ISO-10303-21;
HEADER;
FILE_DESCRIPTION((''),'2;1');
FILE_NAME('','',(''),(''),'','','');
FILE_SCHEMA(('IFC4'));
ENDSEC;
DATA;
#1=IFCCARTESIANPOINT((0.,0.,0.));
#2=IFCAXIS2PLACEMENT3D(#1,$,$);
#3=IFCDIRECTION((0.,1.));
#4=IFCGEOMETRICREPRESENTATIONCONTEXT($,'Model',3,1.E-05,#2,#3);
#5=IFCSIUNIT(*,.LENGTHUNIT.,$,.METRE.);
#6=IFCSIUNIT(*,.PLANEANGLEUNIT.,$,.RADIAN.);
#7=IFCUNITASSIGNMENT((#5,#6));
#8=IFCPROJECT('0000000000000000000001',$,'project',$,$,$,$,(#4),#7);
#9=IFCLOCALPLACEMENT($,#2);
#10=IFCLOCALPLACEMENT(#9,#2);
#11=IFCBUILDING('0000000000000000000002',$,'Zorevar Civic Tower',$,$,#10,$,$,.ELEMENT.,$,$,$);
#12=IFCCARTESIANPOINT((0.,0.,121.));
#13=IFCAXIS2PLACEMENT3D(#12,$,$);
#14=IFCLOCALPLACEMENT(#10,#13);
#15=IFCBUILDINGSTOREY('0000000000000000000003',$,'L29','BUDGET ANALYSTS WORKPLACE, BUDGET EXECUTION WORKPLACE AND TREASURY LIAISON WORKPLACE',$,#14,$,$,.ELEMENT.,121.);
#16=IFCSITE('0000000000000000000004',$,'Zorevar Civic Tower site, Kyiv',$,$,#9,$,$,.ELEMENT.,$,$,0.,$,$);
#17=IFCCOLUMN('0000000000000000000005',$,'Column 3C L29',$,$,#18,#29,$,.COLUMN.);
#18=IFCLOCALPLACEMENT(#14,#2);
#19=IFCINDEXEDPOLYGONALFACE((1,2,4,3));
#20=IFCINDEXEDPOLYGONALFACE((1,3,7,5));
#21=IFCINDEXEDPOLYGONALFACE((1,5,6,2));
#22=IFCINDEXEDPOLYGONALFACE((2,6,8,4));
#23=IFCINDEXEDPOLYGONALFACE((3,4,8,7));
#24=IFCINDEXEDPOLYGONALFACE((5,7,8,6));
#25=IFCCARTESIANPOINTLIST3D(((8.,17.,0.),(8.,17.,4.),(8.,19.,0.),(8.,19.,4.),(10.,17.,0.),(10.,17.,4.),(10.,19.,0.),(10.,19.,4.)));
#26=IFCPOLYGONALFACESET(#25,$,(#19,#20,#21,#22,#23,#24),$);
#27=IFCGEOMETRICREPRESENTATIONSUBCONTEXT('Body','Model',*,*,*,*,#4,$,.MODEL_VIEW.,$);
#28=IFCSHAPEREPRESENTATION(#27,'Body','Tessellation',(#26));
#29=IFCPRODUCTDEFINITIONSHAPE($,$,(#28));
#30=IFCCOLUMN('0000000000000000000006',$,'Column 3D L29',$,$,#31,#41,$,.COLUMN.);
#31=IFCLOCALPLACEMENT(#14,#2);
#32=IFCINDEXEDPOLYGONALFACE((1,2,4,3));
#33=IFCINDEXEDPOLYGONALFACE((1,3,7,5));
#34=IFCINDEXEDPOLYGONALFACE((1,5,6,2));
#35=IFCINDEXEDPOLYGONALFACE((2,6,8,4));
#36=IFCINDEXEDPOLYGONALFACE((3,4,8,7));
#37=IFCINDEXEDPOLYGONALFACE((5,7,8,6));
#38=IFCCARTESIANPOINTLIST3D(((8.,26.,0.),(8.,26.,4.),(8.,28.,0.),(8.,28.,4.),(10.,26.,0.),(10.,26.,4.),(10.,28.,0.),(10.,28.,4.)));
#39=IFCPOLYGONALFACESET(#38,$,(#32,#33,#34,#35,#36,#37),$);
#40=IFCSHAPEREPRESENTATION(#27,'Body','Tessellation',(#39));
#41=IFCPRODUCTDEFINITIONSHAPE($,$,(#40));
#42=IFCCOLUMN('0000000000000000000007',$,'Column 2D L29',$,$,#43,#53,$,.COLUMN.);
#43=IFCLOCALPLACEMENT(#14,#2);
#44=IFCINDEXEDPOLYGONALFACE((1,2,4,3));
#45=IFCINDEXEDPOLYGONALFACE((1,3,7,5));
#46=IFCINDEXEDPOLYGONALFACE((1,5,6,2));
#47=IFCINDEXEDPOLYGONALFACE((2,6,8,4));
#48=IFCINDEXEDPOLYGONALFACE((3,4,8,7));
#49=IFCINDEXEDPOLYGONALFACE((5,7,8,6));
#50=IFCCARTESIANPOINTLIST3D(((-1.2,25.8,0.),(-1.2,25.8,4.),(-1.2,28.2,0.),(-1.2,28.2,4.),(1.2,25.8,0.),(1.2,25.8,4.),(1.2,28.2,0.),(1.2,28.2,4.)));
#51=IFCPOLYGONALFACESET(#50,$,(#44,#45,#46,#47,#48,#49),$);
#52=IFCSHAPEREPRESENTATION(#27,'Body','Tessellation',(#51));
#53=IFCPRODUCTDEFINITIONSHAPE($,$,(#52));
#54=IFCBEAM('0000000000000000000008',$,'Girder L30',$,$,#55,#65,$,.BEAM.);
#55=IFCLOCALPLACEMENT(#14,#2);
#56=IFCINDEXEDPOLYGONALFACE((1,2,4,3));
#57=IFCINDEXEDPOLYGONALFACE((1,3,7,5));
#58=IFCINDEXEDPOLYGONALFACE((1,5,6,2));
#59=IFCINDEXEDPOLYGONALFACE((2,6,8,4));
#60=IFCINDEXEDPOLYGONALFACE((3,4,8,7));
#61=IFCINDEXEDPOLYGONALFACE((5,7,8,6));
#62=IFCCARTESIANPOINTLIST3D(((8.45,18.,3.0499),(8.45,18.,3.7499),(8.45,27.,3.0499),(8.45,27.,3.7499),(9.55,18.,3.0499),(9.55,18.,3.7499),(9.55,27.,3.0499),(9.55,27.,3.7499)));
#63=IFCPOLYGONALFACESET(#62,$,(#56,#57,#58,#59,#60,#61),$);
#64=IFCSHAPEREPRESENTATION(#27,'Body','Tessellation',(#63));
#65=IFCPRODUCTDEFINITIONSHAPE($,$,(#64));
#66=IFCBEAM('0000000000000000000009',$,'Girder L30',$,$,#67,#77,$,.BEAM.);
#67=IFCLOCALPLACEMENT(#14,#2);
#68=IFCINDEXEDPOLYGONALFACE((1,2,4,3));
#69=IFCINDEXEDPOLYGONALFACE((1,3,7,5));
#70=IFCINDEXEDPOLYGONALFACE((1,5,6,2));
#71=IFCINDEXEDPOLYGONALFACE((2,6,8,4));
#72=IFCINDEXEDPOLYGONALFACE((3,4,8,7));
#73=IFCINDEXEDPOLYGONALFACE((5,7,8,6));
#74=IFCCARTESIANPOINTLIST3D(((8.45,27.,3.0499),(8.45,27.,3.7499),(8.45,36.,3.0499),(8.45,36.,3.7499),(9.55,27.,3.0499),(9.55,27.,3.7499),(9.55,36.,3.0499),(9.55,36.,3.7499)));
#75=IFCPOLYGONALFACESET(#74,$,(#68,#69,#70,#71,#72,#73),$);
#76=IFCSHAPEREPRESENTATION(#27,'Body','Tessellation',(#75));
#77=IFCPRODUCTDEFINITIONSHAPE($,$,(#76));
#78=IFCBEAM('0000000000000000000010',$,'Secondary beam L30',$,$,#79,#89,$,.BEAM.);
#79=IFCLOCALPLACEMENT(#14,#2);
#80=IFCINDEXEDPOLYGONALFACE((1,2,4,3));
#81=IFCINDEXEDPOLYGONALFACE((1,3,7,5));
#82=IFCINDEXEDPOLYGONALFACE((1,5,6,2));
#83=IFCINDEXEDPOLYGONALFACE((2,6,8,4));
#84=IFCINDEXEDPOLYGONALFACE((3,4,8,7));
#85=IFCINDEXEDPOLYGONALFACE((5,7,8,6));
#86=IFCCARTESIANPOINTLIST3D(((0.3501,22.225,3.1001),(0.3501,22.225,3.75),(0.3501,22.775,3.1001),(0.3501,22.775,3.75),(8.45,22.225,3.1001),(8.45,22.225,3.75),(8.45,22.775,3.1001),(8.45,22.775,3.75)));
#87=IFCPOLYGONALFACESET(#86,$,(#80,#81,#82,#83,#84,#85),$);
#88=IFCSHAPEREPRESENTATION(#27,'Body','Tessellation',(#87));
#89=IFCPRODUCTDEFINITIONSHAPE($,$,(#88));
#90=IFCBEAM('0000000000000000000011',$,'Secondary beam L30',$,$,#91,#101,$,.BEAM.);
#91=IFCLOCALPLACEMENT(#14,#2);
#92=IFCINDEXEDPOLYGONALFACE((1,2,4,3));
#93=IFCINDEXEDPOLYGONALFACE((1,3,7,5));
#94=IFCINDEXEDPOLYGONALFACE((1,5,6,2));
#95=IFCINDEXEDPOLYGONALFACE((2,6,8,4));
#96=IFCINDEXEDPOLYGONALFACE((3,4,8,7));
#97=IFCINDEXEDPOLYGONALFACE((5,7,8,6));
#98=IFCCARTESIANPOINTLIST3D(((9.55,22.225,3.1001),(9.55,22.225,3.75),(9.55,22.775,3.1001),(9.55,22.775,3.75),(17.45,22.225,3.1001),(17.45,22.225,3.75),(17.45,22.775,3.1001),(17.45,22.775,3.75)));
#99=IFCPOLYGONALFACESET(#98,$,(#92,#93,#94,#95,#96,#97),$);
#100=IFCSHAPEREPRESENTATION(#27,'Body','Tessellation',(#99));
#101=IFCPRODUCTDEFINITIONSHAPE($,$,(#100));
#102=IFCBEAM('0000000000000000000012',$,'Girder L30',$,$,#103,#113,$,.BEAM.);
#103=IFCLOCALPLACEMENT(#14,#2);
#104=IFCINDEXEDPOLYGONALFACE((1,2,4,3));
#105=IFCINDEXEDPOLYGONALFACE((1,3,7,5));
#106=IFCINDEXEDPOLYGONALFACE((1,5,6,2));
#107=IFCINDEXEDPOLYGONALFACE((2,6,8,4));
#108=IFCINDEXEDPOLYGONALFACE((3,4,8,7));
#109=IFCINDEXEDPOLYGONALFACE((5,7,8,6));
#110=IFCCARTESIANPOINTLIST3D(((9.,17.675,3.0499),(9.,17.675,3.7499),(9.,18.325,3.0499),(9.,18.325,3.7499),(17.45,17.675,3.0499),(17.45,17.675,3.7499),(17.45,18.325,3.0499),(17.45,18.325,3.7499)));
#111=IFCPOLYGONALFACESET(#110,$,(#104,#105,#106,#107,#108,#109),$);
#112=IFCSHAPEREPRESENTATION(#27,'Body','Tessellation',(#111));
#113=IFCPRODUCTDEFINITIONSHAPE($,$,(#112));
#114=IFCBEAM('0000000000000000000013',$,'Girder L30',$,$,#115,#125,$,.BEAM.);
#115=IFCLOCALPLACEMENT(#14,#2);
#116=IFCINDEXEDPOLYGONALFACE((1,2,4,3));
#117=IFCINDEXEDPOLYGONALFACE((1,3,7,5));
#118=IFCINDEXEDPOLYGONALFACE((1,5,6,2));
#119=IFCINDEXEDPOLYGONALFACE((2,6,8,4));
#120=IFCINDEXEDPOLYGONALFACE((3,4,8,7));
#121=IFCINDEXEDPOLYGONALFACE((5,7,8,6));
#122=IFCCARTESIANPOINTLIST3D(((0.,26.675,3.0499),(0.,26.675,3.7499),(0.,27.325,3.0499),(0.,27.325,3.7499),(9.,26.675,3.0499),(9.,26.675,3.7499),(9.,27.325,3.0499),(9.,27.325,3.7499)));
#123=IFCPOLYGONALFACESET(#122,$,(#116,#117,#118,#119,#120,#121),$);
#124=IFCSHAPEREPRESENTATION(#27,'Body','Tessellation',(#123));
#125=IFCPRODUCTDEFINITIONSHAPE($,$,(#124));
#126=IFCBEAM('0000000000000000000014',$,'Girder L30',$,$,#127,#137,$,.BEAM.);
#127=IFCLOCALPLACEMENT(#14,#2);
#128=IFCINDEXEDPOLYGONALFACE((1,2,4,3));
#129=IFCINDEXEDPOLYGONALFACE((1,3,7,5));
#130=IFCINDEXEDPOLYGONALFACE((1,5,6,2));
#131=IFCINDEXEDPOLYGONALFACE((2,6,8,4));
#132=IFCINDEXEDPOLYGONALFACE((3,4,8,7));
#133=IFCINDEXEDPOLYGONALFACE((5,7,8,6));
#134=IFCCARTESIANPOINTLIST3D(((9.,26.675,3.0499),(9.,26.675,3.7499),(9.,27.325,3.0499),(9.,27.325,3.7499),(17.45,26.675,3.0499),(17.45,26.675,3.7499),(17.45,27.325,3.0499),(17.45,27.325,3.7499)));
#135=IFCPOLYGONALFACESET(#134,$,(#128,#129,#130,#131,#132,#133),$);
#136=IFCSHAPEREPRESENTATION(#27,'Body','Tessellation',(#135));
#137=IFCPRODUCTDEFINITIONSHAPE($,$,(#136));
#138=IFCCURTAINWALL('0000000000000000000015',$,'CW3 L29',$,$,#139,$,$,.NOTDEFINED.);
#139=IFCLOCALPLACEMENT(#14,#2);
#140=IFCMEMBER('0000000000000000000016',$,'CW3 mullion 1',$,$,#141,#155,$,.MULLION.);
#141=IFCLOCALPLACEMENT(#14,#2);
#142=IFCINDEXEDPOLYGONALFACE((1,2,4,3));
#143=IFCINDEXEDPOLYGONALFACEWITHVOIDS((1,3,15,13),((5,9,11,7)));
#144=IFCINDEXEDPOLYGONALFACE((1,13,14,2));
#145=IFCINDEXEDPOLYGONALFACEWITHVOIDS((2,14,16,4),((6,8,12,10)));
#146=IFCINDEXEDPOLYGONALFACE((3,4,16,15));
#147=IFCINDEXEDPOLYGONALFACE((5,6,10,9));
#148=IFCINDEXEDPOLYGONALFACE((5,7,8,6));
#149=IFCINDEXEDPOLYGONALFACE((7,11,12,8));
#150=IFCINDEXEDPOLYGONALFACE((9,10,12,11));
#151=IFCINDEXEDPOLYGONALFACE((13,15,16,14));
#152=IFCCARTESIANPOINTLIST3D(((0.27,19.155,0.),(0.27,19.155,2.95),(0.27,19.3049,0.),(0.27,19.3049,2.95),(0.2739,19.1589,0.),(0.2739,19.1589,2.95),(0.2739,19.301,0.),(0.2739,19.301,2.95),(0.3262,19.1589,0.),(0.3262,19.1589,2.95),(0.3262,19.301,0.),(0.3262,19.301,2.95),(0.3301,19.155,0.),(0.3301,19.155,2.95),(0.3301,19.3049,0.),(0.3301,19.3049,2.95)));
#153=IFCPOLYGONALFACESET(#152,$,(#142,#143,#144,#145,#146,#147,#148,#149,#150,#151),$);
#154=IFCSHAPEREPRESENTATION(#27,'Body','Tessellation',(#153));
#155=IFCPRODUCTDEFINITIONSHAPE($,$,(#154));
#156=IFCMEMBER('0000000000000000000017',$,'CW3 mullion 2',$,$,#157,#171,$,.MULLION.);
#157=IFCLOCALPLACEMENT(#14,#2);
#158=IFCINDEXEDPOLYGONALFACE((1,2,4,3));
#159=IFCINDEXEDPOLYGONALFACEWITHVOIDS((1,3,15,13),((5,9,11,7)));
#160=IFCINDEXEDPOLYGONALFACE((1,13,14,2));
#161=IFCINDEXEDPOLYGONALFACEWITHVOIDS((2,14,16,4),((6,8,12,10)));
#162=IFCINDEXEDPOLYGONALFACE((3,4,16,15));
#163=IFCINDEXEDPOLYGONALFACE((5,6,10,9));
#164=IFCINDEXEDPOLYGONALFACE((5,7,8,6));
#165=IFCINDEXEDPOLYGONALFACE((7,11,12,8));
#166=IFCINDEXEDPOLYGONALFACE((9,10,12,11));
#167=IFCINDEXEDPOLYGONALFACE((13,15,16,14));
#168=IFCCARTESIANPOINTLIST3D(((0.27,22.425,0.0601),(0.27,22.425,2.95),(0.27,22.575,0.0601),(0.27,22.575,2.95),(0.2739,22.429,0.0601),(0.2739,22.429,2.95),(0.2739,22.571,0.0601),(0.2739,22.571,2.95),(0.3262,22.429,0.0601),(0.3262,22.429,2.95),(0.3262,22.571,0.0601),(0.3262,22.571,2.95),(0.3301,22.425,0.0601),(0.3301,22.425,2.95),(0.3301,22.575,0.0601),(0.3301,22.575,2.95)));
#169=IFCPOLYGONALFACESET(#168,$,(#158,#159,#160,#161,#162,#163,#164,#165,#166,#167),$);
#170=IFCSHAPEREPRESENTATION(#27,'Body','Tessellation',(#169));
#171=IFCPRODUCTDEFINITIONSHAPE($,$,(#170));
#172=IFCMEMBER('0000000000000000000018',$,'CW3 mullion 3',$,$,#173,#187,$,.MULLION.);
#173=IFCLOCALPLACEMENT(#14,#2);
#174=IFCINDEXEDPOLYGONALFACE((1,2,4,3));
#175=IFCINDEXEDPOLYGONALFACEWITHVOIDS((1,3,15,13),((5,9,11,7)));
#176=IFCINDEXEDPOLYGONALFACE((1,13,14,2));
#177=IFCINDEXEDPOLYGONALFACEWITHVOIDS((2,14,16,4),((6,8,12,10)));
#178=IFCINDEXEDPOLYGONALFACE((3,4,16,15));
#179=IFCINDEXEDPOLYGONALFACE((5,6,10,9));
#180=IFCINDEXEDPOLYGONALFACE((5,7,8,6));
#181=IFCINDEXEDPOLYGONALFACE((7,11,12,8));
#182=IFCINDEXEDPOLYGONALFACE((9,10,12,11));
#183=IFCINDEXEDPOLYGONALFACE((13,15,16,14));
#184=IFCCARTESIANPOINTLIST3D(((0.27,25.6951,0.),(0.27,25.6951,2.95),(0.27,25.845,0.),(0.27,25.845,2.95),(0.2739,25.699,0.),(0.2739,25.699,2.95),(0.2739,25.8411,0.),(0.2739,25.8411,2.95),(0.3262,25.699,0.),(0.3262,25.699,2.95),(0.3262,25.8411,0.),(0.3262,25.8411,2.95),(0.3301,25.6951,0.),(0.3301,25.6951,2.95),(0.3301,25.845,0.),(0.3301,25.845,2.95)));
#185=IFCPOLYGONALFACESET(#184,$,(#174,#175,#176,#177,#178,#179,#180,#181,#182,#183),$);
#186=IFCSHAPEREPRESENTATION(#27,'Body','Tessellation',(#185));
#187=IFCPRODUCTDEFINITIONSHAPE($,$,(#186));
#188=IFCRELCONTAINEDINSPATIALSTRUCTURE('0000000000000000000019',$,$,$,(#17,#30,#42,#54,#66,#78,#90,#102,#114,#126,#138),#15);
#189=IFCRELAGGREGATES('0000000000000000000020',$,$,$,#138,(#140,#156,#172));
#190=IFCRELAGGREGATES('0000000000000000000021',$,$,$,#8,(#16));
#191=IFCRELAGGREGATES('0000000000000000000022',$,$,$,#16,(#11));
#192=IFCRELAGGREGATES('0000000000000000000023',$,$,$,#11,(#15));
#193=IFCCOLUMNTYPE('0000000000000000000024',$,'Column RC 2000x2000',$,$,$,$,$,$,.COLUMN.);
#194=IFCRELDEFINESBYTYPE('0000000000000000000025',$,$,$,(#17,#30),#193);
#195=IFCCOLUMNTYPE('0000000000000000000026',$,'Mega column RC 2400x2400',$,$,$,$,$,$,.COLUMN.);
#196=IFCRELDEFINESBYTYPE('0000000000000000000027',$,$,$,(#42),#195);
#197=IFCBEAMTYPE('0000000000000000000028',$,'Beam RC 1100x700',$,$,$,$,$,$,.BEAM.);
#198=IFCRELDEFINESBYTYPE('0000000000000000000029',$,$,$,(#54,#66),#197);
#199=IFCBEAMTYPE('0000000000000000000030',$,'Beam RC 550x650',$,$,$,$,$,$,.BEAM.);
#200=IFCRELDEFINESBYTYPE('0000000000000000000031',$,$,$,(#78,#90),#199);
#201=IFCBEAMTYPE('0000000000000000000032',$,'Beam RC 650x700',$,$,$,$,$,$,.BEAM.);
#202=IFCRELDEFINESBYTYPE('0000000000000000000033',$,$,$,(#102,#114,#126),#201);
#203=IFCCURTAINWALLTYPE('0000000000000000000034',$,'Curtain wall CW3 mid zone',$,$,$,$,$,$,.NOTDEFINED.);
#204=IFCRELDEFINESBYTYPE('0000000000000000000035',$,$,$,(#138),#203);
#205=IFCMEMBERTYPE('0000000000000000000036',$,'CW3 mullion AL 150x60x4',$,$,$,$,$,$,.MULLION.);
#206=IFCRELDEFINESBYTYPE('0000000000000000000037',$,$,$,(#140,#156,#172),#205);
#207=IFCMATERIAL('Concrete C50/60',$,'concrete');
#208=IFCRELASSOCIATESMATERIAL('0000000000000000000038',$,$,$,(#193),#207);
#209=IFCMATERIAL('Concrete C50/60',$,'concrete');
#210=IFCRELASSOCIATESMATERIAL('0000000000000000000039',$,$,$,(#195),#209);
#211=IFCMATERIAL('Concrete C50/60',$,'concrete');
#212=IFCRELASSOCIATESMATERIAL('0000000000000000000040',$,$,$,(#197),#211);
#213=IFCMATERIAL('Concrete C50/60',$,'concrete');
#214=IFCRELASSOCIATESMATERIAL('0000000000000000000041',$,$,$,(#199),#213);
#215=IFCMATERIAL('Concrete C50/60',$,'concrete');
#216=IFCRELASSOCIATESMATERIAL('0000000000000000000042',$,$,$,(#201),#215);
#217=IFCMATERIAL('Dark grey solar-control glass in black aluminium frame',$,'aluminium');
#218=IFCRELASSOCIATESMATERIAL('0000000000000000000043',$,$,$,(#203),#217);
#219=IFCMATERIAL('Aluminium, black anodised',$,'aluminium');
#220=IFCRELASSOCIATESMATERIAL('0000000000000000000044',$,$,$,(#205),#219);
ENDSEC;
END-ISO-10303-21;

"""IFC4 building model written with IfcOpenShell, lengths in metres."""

from ifc_helpers import new_model, si_unit, direction, frame, origin, origin_2d, place, context, subcontext, project, spatial, rectangle, hollow_rectangle, extrude, material, material_profile, profile_set, type_object, element, aggregate, save


model = new_model("IFC4")

# Units and contexts
model_context = context("Model", 3, precision=1e-05, world=origin(), true_north=direction((0.0, 1.0)))
body_context = subcontext(model_context, "Body", "Model", "MODEL_VIEW")
ifc_project = project(units=[si_unit("LENGTHUNIT", "METRE"), si_unit("PLANEANGLEUNIT", "RADIAN")], contexts=[model_context])

# Site, building, storey
site_placement = place(None, origin())
site = spatial("IfcSite", under=ifc_project, at=site_placement, Name="Zorevar Civic Tower site, Kyiv", CompositionType="ELEMENT", RefElevation=0.0)
building_placement = place(site_placement, origin())
building = spatial("IfcBuilding", under=site, at=building_placement, Name="Zorevar Civic Tower", CompositionType="ELEMENT")
storey_placement = place(building_placement, frame((0.0, 0.0, 121.0)))
storey = spatial("IfcBuildingStorey", under=building, at=storey_placement, Name="L29", Description="BUDGET ANALYSTS WORKPLACE, BUDGET EXECUTION WORKPLACE AND TREASURY LIAISON WORKPLACE", CompositionType="ELEMENT", Elevation=121.0)

# Columns
ifc_material_1 = material(Name="Concrete C50/60", Category="concrete")
ifc_material_profile_1 = material_profile(ifc_material_1, rectangle(XDim=2.0, YDim=2.0, at=origin_2d()), Name="RC 2000x2000")
ifc_profile_set_1 = profile_set([ifc_material_profile_1], Name="Concrete C50/60")
column_type_1 = type_object("IfcColumnType", Name="Column RC 2000x2000", PredefinedType="COLUMN", material=ifc_profile_set_1)
for number, where, z_axis, x_axis, name in (
    (1, (9.0, 18.0, 0.0), (0.0, 0.0, 1.0), (1.0, 0.0, 0.0), "Column 3C L29"),
    (2, (9.0, 27.0, 0.0), (0.0, 0.0, 1.0), (1.0, 0.0, 0.0), "Column 3D L29"),
):
    element("IfcColumn", number, at=place(storey_placement, frame(where, z_axis=z_axis, x_axis=x_axis)), inside=storey, type_object=column_type_1, Name=name, PredefinedType="COLUMN", context=body_context, shape_type="SweptSolid", body=[
        extrude(rectangle(XDim=2.0, YDim=2.0, at=origin_2d()), origin(), (0.0, 0.0, 1.0), 4.0),
    ])
ifc_material_2 = material(Name="Concrete C50/60", Category="concrete")
ifc_material_profile_2 = material_profile(ifc_material_2, rectangle(XDim=2.3999, YDim=2.3999, at=origin_2d()), Name="RC 2400x2400")
ifc_profile_set_2 = profile_set([ifc_material_profile_2], Name="Concrete C50/60")
column_type_2 = type_object("IfcColumnType", Name="Mega column RC 2400x2400", PredefinedType="COLUMN", material=ifc_profile_set_2)
column_placement = place(storey_placement, frame((0.0, 27.0, 0.0), z_axis=(0.0, 0.0, 1.0), x_axis=(1.0, 0.0, 0.0)))
element("IfcColumn", 3, at=column_placement, inside=storey, type_object=column_type_2, Name="Column 2D L29", PredefinedType="COLUMN", context=body_context, shape_type="SweptSolid", body=[
    extrude(rectangle(XDim=2.3999, YDim=2.3999, at=origin_2d()), origin(), (0.0, 0.0, 1.0), 4.0),
])

# Beams
ifc_material_3 = material(Name="Concrete C50/60", Category="concrete")
ifc_material_profile_3 = material_profile(ifc_material_3, rectangle(XDim=1.1001, YDim=0.7, at=origin_2d()), Name="RC 1100x700")
ifc_profile_set_3 = profile_set([ifc_material_profile_3], Name="Concrete C50/60")
beam_type_1 = type_object("IfcBeamType", Name="Beam RC 1100x700", PredefinedType="BEAM", material=ifc_profile_set_3)
for number, where, z_axis, x_axis, name in (
    (4, (9.0, 18.0, 3.3999), (0.0, 1.0, 0.0), (-1.0, 0.0, 0.0), "Girder L30"),
    (5, (9.0, 27.0, 3.3999), (0.0, 1.0, 0.0), (-1.0, 0.0, 0.0), "Girder L30"),
):
    element("IfcBeam", number, at=place(storey_placement, frame(where, z_axis=z_axis, x_axis=x_axis)), inside=storey, type_object=beam_type_1, Name=name, PredefinedType="BEAM", context=body_context, shape_type="SweptSolid", body=[
        extrude(rectangle(XDim=1.1001, YDim=0.7, at=origin_2d()), origin(), (0.0, 0.0, 1.0), 9.0),
    ])
ifc_material_4 = material(Name="Concrete C50/60", Category="concrete")
ifc_material_profile_4 = material_profile(ifc_material_4, rectangle(XDim=0.55, YDim=0.6499, at=origin_2d()), Name="RC 550x650")
ifc_profile_set_4 = profile_set([ifc_material_profile_4], Name="Concrete C50/60")
beam_type_2 = type_object("IfcBeamType", Name="Beam RC 550x650", PredefinedType="BEAM", material=ifc_profile_set_4)
beam_1_placement = place(storey_placement, frame((0.3501, 22.5, 3.425), z_axis=(1.0, 0.0, 0.0), x_axis=(0.0, 1.0, 0.0)))
element("IfcBeam", 6, at=beam_1_placement, inside=storey, type_object=beam_type_2, Name="Secondary beam L30", PredefinedType="BEAM", context=body_context, shape_type="SweptSolid", body=[
    extrude(rectangle(XDim=0.55, YDim=0.6499, at=origin_2d()), origin(), (0.0, 0.0, 1.0), 8.0999),
])
beam_2_placement = place(storey_placement, frame((9.55, 22.5, 3.425), z_axis=(1.0, 0.0, 0.0), x_axis=(0.0, 1.0, 0.0)))
element("IfcBeam", 7, at=beam_2_placement, inside=storey, type_object=beam_type_2, Name="Secondary beam L30", PredefinedType="BEAM", context=body_context, shape_type="SweptSolid", body=[
    extrude(rectangle(XDim=0.55, YDim=0.6499, at=origin_2d()), origin(), (0.0, 0.0, 1.0), 7.8999),
])
ifc_material_5 = material(Name="Concrete C50/60", Category="concrete")
ifc_material_profile_5 = material_profile(ifc_material_5, rectangle(XDim=0.6499, YDim=0.7, at=origin_2d()), Name="RC 650x700")
ifc_profile_set_5 = profile_set([ifc_material_profile_5], Name="Concrete C50/60")
beam_type_3 = type_object("IfcBeamType", Name="Beam RC 650x700", PredefinedType="BEAM", material=ifc_profile_set_5)
beam_3_placement = place(storey_placement, frame((9.0, 18.0, 3.3999), z_axis=(1.0, 0.0, 0.0), x_axis=(0.0, 1.0, 0.0)))
element("IfcBeam", 8, at=beam_3_placement, inside=storey, type_object=beam_type_3, Name="Girder L30", PredefinedType="BEAM", context=body_context, shape_type="SweptSolid", body=[
    extrude(rectangle(XDim=0.6499, YDim=0.7, at=origin_2d()), origin(), (0.0, 0.0, 1.0), 8.45),
])
beam_4_placement = place(storey_placement, frame((0.0, 27.0, 3.3999), z_axis=(1.0, 0.0, 0.0), x_axis=(0.0, 1.0, 0.0)))
element("IfcBeam", 9, at=beam_4_placement, inside=storey, type_object=beam_type_3, Name="Girder L30", PredefinedType="BEAM", context=body_context, shape_type="SweptSolid", body=[
    extrude(rectangle(XDim=0.6499, YDim=0.7, at=origin_2d()), origin(), (0.0, 0.0, 1.0), 9.0),
])
beam_5_placement = place(storey_placement, frame((9.0, 27.0, 3.3999), z_axis=(1.0, 0.0, 0.0), x_axis=(0.0, 1.0, 0.0)))
element("IfcBeam", 10, at=beam_5_placement, inside=storey, type_object=beam_type_3, Name="Girder L30", PredefinedType="BEAM", context=body_context, shape_type="SweptSolid", body=[
    extrude(rectangle(XDim=0.6499, YDim=0.7, at=origin_2d()), origin(), (0.0, 0.0, 1.0), 8.45),
])

# Curtain wall, members
ifc_material_6 = material(Name="Dark grey solar-control glass in black aluminium frame", Category="aluminium")
curtain_wall_type = type_object("IfcCurtainWallType", Name="Curtain wall CW3 mid zone", PredefinedType="NOTDEFINED", material=ifc_material_6)
curtain_wall_1_placement = place(storey_placement, origin())
curtain_wall_1 = element("IfcCurtainWall", 11, at=curtain_wall_1_placement, inside=storey, type_object=curtain_wall_type, Name="CW3 L29", PredefinedType="NOTDEFINED")
ifc_material_7 = material(Name="Aluminium, black anodised", Category="aluminium")
ifc_material_profile_6 = material_profile(ifc_material_7, hollow_rectangle(XDim=0.0601, YDim=0.1499, WallThickness=0.0039, at=origin_2d()), Name="AL 150x60x4")
ifc_profile_set_6 = profile_set([ifc_material_profile_6], Name="Aluminium, black anodised")
member_type_1 = type_object("IfcMemberType", Name="CW3 mullion AL 150x60x4", PredefinedType="MULLION", material=ifc_profile_set_6)
member_1_placement = place(storey_placement, frame((0.3, 19.23, 0.0), z_axis=(0.0, 0.0, 1.0), x_axis=(-1.0, 0.0, 0.0)))
member_1 = element("IfcMember", 12, at=member_1_placement, type_object=member_type_1, Name="CW3 mullion 1", PredefinedType="MULLION", context=body_context, shape_type="SweptSolid", body=[
    extrude(hollow_rectangle(XDim=0.0601, YDim=0.1499, WallThickness=0.0039, at=origin_2d()), origin(), (0.0, 0.0, 1.0), 2.95),
])
member_2_placement = place(storey_placement, frame((0.3, 22.5, 0.0601), z_axis=(0.0, 0.0, 1.0), x_axis=(-1.0, 0.0, 0.0)))
member_2 = element("IfcMember", 13, at=member_2_placement, type_object=member_type_1, Name="CW3 mullion 2", PredefinedType="MULLION", context=body_context, shape_type="SweptSolid", body=[
    extrude(hollow_rectangle(XDim=0.0601, YDim=0.1499, WallThickness=0.0039, at=origin_2d()), origin(), (0.0, 0.0, 1.0), 2.8899),
])
member_3_placement = place(storey_placement, frame((0.3, 25.77, 0.0), z_axis=(0.0, 0.0, 1.0), x_axis=(-1.0, 0.0, 0.0)))
member_3 = element("IfcMember", 14, at=member_3_placement, type_object=member_type_1, Name="CW3 mullion 3", PredefinedType="MULLION", context=body_context, shape_type="SweptSolid", body=[
    extrude(hollow_rectangle(XDim=0.0601, YDim=0.1499, WallThickness=0.0039, at=origin_2d()), origin(), (0.0, 0.0, 1.0), 2.95),
])

aggregate(curtain_wall_1, [member_1, member_2, member_3])

save(model, "model.ifc")
